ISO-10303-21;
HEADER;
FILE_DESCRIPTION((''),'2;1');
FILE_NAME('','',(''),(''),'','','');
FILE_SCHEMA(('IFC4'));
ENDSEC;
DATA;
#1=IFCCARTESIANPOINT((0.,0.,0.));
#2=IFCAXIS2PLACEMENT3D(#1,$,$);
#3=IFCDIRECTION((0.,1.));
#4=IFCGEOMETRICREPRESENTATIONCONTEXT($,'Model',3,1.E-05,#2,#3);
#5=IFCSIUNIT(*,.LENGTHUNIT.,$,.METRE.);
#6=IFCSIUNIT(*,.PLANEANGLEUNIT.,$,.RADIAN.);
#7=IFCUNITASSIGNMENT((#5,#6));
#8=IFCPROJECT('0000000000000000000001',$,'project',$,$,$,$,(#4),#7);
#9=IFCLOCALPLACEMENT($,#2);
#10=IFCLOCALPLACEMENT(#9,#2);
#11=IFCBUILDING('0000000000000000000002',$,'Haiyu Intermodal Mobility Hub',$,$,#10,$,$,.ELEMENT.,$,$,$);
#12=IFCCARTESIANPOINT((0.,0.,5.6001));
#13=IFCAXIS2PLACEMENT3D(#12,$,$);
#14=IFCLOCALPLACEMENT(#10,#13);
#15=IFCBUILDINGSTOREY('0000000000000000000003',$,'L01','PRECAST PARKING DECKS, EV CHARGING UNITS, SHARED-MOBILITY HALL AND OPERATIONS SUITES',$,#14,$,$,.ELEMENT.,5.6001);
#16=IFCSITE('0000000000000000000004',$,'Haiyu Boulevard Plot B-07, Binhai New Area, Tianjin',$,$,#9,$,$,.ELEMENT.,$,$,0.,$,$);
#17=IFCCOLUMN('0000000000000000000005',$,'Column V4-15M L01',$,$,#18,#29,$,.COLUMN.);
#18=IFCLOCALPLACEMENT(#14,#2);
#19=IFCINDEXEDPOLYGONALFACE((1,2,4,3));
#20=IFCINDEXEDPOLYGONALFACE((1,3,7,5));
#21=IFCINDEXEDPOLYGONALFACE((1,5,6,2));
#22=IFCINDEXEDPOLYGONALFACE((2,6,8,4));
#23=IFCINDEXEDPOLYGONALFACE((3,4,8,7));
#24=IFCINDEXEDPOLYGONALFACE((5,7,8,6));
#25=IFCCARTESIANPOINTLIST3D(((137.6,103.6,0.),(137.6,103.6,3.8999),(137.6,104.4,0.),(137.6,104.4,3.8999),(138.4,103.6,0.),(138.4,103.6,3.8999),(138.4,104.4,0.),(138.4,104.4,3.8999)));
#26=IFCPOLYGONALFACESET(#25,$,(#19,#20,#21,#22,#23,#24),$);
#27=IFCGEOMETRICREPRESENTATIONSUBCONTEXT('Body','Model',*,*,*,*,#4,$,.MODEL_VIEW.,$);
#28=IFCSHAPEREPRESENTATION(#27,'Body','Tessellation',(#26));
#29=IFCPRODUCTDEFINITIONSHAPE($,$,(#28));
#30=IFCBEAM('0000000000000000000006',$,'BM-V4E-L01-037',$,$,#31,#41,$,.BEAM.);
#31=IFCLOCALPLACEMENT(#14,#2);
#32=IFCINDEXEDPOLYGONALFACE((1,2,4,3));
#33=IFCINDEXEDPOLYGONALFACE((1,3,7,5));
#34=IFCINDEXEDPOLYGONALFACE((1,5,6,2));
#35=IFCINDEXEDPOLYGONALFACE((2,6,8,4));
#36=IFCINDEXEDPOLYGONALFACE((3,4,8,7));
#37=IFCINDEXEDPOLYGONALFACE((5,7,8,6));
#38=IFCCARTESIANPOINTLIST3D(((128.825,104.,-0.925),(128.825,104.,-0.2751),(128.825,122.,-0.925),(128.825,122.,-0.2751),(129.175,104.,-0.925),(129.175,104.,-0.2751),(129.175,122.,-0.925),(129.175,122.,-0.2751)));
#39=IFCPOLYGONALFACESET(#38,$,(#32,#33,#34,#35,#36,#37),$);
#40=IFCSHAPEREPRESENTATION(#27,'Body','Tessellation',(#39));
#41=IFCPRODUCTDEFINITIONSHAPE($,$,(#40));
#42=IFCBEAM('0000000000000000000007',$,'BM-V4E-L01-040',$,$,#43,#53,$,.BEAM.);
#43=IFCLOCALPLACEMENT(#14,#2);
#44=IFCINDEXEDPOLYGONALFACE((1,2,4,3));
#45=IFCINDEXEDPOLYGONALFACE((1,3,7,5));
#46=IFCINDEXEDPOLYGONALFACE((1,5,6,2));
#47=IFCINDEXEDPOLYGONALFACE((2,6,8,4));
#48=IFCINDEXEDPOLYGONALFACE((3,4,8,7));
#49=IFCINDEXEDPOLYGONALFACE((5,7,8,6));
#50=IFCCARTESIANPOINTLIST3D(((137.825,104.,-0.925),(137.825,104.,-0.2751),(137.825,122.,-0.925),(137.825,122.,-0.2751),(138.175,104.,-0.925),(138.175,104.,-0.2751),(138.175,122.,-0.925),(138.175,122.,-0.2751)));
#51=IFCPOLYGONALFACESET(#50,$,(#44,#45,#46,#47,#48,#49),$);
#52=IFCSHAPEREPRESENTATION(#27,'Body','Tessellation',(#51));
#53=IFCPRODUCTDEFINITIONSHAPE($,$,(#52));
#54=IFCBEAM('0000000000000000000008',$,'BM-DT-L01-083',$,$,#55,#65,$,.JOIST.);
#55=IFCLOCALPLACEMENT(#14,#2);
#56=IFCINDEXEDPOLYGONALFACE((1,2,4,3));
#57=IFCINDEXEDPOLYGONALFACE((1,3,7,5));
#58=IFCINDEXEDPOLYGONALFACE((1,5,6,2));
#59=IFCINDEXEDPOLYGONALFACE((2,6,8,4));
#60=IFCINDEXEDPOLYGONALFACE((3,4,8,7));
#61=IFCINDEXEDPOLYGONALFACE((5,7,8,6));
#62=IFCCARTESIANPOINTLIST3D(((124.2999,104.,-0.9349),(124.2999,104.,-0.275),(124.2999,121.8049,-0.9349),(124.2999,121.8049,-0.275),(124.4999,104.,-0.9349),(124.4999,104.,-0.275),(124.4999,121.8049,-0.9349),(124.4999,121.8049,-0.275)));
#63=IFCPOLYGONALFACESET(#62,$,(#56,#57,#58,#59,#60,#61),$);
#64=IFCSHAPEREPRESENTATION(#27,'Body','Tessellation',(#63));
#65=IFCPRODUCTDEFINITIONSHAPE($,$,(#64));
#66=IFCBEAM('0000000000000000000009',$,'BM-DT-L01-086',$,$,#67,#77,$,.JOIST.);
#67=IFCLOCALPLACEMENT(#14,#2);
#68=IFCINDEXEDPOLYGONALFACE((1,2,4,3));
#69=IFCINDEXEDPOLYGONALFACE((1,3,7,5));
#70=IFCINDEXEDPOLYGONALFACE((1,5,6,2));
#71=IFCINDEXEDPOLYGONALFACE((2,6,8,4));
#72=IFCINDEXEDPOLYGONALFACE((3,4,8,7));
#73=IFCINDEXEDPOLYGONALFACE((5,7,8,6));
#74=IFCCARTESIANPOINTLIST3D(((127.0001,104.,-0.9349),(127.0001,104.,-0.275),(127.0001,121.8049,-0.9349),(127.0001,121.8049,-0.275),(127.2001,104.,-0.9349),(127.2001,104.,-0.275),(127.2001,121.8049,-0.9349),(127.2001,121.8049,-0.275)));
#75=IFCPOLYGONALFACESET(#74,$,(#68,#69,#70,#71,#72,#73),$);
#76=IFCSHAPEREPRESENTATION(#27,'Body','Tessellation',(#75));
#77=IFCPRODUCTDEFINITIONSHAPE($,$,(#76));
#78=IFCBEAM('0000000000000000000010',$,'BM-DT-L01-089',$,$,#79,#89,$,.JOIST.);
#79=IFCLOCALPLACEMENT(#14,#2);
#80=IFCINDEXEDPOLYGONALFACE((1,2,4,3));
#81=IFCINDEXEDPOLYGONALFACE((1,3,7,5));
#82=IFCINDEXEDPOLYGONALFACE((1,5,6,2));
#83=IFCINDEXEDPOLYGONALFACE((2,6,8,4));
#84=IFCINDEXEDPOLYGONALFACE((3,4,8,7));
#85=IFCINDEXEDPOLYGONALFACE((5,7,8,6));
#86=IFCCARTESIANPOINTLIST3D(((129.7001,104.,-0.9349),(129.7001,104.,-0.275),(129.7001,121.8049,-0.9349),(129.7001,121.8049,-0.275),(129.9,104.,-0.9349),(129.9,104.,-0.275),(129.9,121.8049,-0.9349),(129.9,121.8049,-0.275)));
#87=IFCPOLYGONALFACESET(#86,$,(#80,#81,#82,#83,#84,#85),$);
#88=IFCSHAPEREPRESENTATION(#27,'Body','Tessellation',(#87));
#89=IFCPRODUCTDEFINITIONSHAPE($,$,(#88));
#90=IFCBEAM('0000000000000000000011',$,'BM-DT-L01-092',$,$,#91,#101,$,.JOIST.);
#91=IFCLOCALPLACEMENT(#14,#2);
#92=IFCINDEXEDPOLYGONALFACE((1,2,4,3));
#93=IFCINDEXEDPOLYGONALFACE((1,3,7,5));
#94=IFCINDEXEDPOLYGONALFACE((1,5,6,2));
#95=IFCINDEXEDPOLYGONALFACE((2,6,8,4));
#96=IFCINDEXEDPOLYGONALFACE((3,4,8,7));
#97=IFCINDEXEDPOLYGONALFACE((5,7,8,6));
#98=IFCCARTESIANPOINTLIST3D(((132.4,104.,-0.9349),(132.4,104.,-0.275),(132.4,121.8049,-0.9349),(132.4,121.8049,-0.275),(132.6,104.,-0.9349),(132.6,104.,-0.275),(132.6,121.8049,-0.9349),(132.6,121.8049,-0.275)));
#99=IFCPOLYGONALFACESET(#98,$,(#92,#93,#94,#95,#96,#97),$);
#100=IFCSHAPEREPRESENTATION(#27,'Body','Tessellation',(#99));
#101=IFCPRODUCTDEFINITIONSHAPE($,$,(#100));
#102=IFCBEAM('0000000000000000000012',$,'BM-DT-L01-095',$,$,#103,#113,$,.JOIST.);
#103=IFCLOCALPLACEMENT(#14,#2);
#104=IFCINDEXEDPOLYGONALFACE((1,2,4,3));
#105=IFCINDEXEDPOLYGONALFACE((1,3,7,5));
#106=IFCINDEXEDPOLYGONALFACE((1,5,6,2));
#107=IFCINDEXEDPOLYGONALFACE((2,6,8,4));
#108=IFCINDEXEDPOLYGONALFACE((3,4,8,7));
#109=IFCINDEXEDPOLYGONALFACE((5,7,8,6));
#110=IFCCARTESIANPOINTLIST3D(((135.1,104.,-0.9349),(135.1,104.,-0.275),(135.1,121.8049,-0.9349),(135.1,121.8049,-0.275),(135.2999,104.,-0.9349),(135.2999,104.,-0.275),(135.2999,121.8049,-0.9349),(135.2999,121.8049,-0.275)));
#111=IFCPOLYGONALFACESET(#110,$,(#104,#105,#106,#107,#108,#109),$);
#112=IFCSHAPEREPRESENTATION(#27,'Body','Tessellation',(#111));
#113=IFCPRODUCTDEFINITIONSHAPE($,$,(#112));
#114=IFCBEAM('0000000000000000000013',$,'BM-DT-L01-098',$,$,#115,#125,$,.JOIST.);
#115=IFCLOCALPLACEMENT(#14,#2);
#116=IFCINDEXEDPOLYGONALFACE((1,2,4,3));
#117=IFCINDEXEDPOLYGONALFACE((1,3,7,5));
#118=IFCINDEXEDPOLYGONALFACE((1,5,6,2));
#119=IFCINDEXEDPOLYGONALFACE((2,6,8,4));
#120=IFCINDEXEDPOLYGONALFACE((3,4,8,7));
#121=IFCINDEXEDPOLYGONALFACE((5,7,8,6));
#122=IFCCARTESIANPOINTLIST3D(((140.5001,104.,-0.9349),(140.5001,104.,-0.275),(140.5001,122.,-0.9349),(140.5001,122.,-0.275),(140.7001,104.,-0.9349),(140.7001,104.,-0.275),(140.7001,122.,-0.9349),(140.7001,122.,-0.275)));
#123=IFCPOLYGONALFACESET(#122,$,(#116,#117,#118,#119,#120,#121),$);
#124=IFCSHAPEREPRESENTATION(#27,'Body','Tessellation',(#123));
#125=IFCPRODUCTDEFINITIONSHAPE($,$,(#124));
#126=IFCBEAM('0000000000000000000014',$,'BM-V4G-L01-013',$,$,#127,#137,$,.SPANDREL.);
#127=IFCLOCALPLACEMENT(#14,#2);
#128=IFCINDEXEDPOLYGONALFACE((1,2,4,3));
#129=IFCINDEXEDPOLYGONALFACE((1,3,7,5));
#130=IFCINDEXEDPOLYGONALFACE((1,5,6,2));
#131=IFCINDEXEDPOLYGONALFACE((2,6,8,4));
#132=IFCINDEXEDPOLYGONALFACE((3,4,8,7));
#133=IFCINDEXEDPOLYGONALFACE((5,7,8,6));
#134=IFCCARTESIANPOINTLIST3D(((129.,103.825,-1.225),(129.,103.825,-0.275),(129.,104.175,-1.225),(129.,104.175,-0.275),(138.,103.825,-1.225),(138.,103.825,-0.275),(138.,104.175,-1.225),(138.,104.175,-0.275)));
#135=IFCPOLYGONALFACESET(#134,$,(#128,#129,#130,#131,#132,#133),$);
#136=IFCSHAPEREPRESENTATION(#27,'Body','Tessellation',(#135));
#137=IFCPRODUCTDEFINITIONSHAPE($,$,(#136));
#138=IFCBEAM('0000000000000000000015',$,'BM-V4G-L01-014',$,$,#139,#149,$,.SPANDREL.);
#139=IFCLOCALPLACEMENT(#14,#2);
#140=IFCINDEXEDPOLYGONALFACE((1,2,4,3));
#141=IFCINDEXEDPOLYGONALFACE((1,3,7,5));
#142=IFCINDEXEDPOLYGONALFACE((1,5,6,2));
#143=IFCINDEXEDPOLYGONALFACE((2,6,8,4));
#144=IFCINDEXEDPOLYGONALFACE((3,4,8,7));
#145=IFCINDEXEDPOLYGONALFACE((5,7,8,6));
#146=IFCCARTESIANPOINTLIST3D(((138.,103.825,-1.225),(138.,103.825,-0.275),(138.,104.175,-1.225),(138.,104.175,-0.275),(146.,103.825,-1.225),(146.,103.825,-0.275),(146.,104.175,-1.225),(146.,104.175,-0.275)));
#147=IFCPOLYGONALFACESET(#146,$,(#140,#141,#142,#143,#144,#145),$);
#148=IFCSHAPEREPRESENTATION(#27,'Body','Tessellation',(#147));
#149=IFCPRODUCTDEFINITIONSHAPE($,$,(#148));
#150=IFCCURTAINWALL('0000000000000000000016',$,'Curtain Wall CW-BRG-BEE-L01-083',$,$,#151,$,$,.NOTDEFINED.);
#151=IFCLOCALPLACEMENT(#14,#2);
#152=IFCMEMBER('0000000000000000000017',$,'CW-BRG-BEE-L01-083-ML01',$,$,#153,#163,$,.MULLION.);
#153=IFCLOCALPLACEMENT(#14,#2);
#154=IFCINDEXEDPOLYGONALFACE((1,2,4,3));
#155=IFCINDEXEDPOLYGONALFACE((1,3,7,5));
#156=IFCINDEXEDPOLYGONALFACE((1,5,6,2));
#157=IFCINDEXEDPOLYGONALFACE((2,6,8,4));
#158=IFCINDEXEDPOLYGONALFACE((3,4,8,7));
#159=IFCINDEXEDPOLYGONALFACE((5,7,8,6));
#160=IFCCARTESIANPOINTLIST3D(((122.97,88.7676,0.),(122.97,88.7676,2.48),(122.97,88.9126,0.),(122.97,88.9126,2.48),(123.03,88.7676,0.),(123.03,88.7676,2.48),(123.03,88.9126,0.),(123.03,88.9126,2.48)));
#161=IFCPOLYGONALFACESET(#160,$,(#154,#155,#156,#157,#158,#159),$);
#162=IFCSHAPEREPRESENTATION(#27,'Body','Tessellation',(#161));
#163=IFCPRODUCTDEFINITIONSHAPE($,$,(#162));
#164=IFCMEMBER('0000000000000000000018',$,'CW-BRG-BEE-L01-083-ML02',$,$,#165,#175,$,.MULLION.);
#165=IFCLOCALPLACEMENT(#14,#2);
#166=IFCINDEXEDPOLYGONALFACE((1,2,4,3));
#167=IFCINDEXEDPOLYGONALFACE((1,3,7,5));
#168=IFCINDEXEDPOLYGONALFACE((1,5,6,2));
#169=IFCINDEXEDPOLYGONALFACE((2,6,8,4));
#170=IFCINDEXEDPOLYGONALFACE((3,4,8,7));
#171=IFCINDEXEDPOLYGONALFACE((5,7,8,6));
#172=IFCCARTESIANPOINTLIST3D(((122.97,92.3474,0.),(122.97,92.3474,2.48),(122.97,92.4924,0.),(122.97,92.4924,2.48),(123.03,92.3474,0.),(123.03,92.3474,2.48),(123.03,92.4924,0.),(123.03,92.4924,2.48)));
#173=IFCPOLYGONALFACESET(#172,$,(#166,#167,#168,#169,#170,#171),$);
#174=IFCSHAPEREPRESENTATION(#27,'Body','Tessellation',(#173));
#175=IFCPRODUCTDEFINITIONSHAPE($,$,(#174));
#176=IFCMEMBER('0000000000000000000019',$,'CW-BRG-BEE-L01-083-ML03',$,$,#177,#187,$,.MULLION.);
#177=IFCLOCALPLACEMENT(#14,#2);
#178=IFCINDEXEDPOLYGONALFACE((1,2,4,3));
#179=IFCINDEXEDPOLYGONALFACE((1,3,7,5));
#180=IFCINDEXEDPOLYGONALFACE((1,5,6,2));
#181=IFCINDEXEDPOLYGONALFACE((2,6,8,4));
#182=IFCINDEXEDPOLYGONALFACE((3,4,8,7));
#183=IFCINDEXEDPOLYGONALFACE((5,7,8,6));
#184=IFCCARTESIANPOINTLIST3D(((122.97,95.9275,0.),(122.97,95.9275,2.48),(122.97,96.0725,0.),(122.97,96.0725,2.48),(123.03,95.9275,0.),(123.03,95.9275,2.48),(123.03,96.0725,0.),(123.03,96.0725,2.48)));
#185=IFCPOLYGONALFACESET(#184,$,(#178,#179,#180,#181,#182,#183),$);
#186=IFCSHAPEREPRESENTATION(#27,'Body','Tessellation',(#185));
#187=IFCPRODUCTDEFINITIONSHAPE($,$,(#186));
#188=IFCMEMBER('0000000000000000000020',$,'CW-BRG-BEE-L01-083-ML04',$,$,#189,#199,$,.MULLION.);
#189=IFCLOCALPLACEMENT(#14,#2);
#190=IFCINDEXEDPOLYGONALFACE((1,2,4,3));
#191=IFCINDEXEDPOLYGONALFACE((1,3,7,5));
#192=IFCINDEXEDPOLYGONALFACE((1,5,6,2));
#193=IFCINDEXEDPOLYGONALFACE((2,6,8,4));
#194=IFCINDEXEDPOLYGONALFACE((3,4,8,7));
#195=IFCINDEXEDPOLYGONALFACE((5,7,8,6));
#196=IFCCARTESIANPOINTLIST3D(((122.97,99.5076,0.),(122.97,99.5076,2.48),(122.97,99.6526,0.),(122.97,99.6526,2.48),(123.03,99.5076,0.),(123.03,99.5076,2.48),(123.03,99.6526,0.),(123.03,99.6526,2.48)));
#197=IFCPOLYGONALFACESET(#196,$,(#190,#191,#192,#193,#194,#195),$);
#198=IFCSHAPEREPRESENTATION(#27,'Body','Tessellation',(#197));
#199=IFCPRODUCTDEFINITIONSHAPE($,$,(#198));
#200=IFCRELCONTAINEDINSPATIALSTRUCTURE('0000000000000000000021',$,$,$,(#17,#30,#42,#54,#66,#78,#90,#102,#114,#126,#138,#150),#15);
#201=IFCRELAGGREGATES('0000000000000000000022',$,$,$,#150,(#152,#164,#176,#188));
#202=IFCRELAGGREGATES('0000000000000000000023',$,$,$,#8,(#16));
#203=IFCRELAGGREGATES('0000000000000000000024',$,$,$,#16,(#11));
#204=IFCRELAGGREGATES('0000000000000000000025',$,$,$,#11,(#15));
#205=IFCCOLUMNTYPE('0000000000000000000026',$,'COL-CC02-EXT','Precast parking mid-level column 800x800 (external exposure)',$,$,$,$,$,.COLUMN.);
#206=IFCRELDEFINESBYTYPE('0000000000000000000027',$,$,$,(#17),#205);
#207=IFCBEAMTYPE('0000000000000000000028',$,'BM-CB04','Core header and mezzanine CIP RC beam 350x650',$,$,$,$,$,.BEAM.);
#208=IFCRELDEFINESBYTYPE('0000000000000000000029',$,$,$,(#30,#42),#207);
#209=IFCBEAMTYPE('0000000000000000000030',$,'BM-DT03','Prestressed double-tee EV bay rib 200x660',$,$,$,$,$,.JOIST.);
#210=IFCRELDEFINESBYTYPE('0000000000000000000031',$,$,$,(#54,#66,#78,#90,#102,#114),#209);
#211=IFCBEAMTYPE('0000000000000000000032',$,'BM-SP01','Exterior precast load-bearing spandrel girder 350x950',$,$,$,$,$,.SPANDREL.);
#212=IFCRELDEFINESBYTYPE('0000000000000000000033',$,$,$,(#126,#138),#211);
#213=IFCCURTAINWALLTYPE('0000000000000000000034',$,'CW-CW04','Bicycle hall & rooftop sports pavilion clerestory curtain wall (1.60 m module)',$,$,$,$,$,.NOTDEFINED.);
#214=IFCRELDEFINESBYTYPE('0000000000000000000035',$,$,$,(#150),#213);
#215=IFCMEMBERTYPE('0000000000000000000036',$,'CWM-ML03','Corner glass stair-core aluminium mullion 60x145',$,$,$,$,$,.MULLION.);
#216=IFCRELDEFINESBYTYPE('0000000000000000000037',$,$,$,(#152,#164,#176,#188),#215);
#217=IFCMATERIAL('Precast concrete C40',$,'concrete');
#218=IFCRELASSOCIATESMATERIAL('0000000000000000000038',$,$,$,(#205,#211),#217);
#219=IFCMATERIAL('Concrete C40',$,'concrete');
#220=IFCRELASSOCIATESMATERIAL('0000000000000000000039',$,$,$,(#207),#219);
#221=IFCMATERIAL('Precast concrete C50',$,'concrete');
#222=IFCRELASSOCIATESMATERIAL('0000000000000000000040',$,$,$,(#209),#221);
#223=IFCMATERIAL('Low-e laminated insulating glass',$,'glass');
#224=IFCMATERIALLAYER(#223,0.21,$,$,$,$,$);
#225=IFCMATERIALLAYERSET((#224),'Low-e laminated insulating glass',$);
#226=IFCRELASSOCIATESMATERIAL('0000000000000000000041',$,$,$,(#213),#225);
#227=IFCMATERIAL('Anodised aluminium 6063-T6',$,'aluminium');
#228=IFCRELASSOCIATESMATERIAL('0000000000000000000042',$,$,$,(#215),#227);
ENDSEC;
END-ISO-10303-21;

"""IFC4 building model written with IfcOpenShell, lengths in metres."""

from ifc_helpers import new_model, si_unit, direction, frame, origin, origin_2d, place, context, subcontext, project, spatial, rectangle, extrude, material, layer, layer_set, material_profile, profile_set, type_object, element, aggregate, save


model = new_model("IFC4")

# Units and contexts
model_context = context("Model", 3, precision=1e-05, world=origin(), true_north=direction((0.0, 1.0)))
body_context = subcontext(model_context, "Body", "Model", "MODEL_VIEW")
ifc_project = project(units=[si_unit("LENGTHUNIT", "METRE"), si_unit("PLANEANGLEUNIT", "RADIAN")], contexts=[model_context])

# Site, building, storey
site_placement = place(None, origin())
site = spatial("IfcSite", under=ifc_project, at=site_placement, Name="Haiyu Boulevard Plot B-07, Binhai New Area, Tianjin", CompositionType="ELEMENT", RefElevation=0.0)
building_placement = place(site_placement, origin())
building = spatial("IfcBuilding", under=site, at=building_placement, Name="Haiyu Intermodal Mobility Hub", CompositionType="ELEMENT")
storey_placement = place(building_placement, frame((0.0, 0.0, 5.6001)))
storey = spatial("IfcBuildingStorey", under=building, at=storey_placement, Name="L01", Description="PRECAST PARKING DECKS, EV CHARGING UNITS, SHARED-MOBILITY HALL AND OPERATIONS SUITES", CompositionType="ELEMENT", Elevation=5.6001)

# Column
ifc_material_1 = material(Name="Precast concrete C40", Category="concrete")
ifc_material_profile_1 = material_profile(ifc_material_1, rectangle(XDim=0.8, YDim=0.8, at=origin_2d()), Name="RC800x800")
ifc_profile_set_1 = profile_set([ifc_material_profile_1], Name="Precast concrete C40")
column_type = type_object("IfcColumnType", Name="COL-CC02-EXT", Description="Precast parking mid-level column 800x800 (external exposure)", PredefinedType="COLUMN", material=ifc_profile_set_1)
column_placement = place(storey_placement, frame((138.0, 104.0, 0.0), z_axis=(0.0, 0.0, 1.0), x_axis=(1.0, 0.0, 0.0)))
element("IfcColumn", 1, at=column_placement, inside=storey, type_object=column_type, Name="Column V4-15M L01", PredefinedType="COLUMN", context=body_context, shape_type="SweptSolid", body=[
    extrude(rectangle(XDim=0.8, YDim=0.8, at=origin_2d()), origin(), (0.0, 0.0, 1.0), 3.8999),
])

# Beams
ifc_material_2 = material(Name="Concrete C40", Category="concrete")
ifc_material_profile_2 = material_profile(ifc_material_2, rectangle(XDim=0.3501, YDim=0.6499, at=origin_2d()), Name="RCB350x650")
ifc_profile_set_2 = profile_set([ifc_material_profile_2], Name="Concrete C40")
beam_type_1 = type_object("IfcBeamType", Name="BM-CB04", Description="Core header and mezzanine CIP RC beam 350x650", PredefinedType="BEAM", material=ifc_profile_set_2)
for number, where, z_axis, x_axis, name in (
    (2, (129.0, 104.0, -0.6001), (0.0, 1.0, 0.0), (-1.0, 0.0, 0.0), "BM-V4E-L01-037"),
    (3, (138.0, 104.0, -0.6001), (0.0, 1.0, 0.0), (-1.0, 0.0, 0.0), "BM-V4E-L01-040"),
):
    element("IfcBeam", number, at=place(storey_placement, frame(where, z_axis=z_axis, x_axis=x_axis)), inside=storey, type_object=beam_type_1, Name=name, PredefinedType="BEAM", context=body_context, shape_type="SweptSolid", body=[
        extrude(rectangle(XDim=0.3501, YDim=0.6499, at=origin_2d()), origin(), (0.0, 0.0, 1.0), 18.0),
    ])
ifc_material_3 = material(Name="Precast concrete C50", Category="concrete")
ifc_material_profile_3 = material_profile(ifc_material_3, rectangle(XDim=0.2, YDim=0.6599, at=origin_2d()), Name="PC200x660")
ifc_profile_set_3 = profile_set([ifc_material_profile_3], Name="Precast concrete C50")
beam_type_2 = type_object("IfcBeamType", Name="BM-DT03", Description="Prestressed double-tee EV bay rib 200x660", PredefinedType="JOIST", material=ifc_profile_set_3)
for number, where, z_axis, x_axis, name in (
    (4, (124.3999, 104.0, -0.605), (0.0, 1.0, 0.0), (-1.0, 0.0, 0.0), "BM-DT-L01-083"),
    (5, (127.1001, 104.0, -0.605), (0.0, 1.0, 0.0), (-1.0, 0.0, 0.0), "BM-DT-L01-086"),
    (6, (129.8, 104.0, -0.605), (0.0, 1.0, 0.0), (-1.0, 0.0, 0.0), "BM-DT-L01-089"),
    (7, (132.5, 104.0, -0.605), (0.0, 1.0, 0.0), (-1.0, 0.0, 0.0), "BM-DT-L01-092"),
    (8, (135.2, 104.0, -0.605), (0.0, 1.0, 0.0), (-1.0, 0.0, 0.0), "BM-DT-L01-095"),
):
    element("IfcBeam", number, at=place(storey_placement, frame(where, z_axis=z_axis, x_axis=x_axis)), inside=storey, type_object=beam_type_2, Name=name, PredefinedType="JOIST", context=body_context, shape_type="SweptSolid", body=[
        extrude(rectangle(XDim=0.2, YDim=0.6599, at=origin_2d()), origin(), (0.0, 0.0, 1.0), 17.8049),
    ])
beam_1_placement = place(storey_placement, frame((140.6001, 104.0, -0.605), z_axis=(0.0, 1.0, 0.0), x_axis=(-1.0, 0.0, 0.0)))
element("IfcBeam", 9, at=beam_1_placement, inside=storey, type_object=beam_type_2, Name="BM-DT-L01-098", PredefinedType="JOIST", context=body_context, shape_type="SweptSolid", body=[
    extrude(rectangle(XDim=0.2, YDim=0.6599, at=origin_2d()), origin(), (0.0, 0.0, 1.0), 18.0),
])
ifc_material_profile_4 = material_profile(ifc_material_1, rectangle(XDim=0.3501, YDim=0.95, at=origin_2d()), Name="PC350x950")
ifc_profile_set_4 = profile_set([ifc_material_profile_4], Name="Precast concrete C40")
beam_type_3 = type_object("IfcBeamType", Name="BM-SP01", Description="Exterior precast load-bearing spandrel girder 350x950", PredefinedType="SPANDREL", material=ifc_profile_set_4)
beam_2_placement = place(storey_placement, frame((129.0, 104.0, -0.75), z_axis=(1.0, 0.0, 0.0), x_axis=(0.0, 1.0, 0.0)))
element("IfcBeam", 10, at=beam_2_placement, inside=storey, type_object=beam_type_3, Name="BM-V4G-L01-013", PredefinedType="SPANDREL", context=body_context, shape_type="SweptSolid", body=[
    extrude(rectangle(XDim=0.3501, YDim=0.95, at=origin_2d()), origin(), (0.0, 0.0, 1.0), 9.0),
])
beam_3_placement = place(storey_placement, frame((138.0, 104.0, -0.75), z_axis=(1.0, 0.0, 0.0), x_axis=(0.0, 1.0, 0.0)))
element("IfcBeam", 11, at=beam_3_placement, inside=storey, type_object=beam_type_3, Name="BM-V4G-L01-014", PredefinedType="SPANDREL", context=body_context, shape_type="SweptSolid", body=[
    extrude(rectangle(XDim=0.3501, YDim=0.95, at=origin_2d()), origin(), (0.0, 0.0, 1.0), 8.0),
])

# Curtain wall, members
ifc_material_4 = material(Name="Low-e laminated insulating glass", Category="glass")
ifc_layer_1 = layer(ifc_material_4, 0.21)
ifc_layer_set_1 = layer_set([ifc_layer_1], Name="Low-e laminated insulating glass")
curtain_wall_type = type_object("IfcCurtainWallType", Name="CW-CW04", Description="Bicycle hall & rooftop sports pavilion clerestory curtain wall (1.60 m module)", PredefinedType="NOTDEFINED", material=ifc_layer_set_1)
curtain_wall_placement = place(storey_placement, origin())
curtain_wall = element("IfcCurtainWall", 12, at=curtain_wall_placement, inside=storey, type_object=curtain_wall_type, Name="Curtain Wall CW-BRG-BEE-L01-083", PredefinedType="NOTDEFINED")
ifc_material_5 = material(Name="Anodised aluminium 6063-T6", Category="aluminium")
ifc_material_profile_5 = material_profile(ifc_material_5, rectangle(XDim=0.0601, YDim=0.145, at=origin_2d()), Name="ALU60x145")
ifc_profile_set_5 = profile_set([ifc_material_profile_5], Name="Anodised aluminium 6063-T6")
member_type_1 = type_object("IfcMemberType", Name="CWM-ML03", Description="Corner glass stair-core aluminium mullion 60x145", PredefinedType="MULLION", material=ifc_profile_set_5)
member_1_placement = place(storey_placement, frame((123.0, 88.8401, 0.0), z_axis=(0.0, 0.0, 1.0), x_axis=(1.0, 0.0, 0.0)))
member_1 = element("IfcMember", 13, at=member_1_placement, type_object=member_type_1, Name="CW-BRG-BEE-L01-083-ML01", PredefinedType="MULLION", context=body_context, shape_type="SweptSolid", body=[
    extrude(rectangle(XDim=0.0601, YDim=0.145, at=origin_2d()), origin(), (0.0, 0.0, 1.0), 2.48),
])
member_2_placement = place(storey_placement, frame((123.0, 92.4199, 0.0), z_axis=(0.0, 0.0, 1.0), x_axis=(1.0, 0.0, 0.0)))
member_2 = element("IfcMember", 14, at=member_2_placement, type_object=member_type_1, Name="CW-BRG-BEE-L01-083-ML02", PredefinedType="MULLION", context=body_context, shape_type="SweptSolid", body=[
    extrude(rectangle(XDim=0.0601, YDim=0.145, at=origin_2d()), origin(), (0.0, 0.0, 1.0), 2.48),
])
member_3_placement = place(storey_placement, frame((123.0, 96.0, 0.0), z_axis=(0.0, 0.0, 1.0), x_axis=(1.0, 0.0, 0.0)))
member_3 = element("IfcMember", 15, at=member_3_placement, type_object=member_type_1, Name="CW-BRG-BEE-L01-083-ML03", PredefinedType="MULLION", context=body_context, shape_type="SweptSolid", body=[
    extrude(rectangle(XDim=0.0601, YDim=0.145, at=origin_2d()), origin(), (0.0, 0.0, 1.0), 2.48),
])
member_4_placement = place(storey_placement, frame((123.0, 99.5801, 0.0), z_axis=(0.0, 0.0, 1.0), x_axis=(1.0, 0.0, 0.0)))
member_4 = element("IfcMember", 16, at=member_4_placement, type_object=member_type_1, Name="CW-BRG-BEE-L01-083-ML04", PredefinedType="MULLION", context=body_context, shape_type="SweptSolid", body=[
    extrude(rectangle(XDim=0.0601, YDim=0.145, at=origin_2d()), origin(), (0.0, 0.0, 1.0), 2.48),
])

aggregate(curtain_wall, [member_1, member_2, member_3, member_4])

save(model, "model.ifc")
